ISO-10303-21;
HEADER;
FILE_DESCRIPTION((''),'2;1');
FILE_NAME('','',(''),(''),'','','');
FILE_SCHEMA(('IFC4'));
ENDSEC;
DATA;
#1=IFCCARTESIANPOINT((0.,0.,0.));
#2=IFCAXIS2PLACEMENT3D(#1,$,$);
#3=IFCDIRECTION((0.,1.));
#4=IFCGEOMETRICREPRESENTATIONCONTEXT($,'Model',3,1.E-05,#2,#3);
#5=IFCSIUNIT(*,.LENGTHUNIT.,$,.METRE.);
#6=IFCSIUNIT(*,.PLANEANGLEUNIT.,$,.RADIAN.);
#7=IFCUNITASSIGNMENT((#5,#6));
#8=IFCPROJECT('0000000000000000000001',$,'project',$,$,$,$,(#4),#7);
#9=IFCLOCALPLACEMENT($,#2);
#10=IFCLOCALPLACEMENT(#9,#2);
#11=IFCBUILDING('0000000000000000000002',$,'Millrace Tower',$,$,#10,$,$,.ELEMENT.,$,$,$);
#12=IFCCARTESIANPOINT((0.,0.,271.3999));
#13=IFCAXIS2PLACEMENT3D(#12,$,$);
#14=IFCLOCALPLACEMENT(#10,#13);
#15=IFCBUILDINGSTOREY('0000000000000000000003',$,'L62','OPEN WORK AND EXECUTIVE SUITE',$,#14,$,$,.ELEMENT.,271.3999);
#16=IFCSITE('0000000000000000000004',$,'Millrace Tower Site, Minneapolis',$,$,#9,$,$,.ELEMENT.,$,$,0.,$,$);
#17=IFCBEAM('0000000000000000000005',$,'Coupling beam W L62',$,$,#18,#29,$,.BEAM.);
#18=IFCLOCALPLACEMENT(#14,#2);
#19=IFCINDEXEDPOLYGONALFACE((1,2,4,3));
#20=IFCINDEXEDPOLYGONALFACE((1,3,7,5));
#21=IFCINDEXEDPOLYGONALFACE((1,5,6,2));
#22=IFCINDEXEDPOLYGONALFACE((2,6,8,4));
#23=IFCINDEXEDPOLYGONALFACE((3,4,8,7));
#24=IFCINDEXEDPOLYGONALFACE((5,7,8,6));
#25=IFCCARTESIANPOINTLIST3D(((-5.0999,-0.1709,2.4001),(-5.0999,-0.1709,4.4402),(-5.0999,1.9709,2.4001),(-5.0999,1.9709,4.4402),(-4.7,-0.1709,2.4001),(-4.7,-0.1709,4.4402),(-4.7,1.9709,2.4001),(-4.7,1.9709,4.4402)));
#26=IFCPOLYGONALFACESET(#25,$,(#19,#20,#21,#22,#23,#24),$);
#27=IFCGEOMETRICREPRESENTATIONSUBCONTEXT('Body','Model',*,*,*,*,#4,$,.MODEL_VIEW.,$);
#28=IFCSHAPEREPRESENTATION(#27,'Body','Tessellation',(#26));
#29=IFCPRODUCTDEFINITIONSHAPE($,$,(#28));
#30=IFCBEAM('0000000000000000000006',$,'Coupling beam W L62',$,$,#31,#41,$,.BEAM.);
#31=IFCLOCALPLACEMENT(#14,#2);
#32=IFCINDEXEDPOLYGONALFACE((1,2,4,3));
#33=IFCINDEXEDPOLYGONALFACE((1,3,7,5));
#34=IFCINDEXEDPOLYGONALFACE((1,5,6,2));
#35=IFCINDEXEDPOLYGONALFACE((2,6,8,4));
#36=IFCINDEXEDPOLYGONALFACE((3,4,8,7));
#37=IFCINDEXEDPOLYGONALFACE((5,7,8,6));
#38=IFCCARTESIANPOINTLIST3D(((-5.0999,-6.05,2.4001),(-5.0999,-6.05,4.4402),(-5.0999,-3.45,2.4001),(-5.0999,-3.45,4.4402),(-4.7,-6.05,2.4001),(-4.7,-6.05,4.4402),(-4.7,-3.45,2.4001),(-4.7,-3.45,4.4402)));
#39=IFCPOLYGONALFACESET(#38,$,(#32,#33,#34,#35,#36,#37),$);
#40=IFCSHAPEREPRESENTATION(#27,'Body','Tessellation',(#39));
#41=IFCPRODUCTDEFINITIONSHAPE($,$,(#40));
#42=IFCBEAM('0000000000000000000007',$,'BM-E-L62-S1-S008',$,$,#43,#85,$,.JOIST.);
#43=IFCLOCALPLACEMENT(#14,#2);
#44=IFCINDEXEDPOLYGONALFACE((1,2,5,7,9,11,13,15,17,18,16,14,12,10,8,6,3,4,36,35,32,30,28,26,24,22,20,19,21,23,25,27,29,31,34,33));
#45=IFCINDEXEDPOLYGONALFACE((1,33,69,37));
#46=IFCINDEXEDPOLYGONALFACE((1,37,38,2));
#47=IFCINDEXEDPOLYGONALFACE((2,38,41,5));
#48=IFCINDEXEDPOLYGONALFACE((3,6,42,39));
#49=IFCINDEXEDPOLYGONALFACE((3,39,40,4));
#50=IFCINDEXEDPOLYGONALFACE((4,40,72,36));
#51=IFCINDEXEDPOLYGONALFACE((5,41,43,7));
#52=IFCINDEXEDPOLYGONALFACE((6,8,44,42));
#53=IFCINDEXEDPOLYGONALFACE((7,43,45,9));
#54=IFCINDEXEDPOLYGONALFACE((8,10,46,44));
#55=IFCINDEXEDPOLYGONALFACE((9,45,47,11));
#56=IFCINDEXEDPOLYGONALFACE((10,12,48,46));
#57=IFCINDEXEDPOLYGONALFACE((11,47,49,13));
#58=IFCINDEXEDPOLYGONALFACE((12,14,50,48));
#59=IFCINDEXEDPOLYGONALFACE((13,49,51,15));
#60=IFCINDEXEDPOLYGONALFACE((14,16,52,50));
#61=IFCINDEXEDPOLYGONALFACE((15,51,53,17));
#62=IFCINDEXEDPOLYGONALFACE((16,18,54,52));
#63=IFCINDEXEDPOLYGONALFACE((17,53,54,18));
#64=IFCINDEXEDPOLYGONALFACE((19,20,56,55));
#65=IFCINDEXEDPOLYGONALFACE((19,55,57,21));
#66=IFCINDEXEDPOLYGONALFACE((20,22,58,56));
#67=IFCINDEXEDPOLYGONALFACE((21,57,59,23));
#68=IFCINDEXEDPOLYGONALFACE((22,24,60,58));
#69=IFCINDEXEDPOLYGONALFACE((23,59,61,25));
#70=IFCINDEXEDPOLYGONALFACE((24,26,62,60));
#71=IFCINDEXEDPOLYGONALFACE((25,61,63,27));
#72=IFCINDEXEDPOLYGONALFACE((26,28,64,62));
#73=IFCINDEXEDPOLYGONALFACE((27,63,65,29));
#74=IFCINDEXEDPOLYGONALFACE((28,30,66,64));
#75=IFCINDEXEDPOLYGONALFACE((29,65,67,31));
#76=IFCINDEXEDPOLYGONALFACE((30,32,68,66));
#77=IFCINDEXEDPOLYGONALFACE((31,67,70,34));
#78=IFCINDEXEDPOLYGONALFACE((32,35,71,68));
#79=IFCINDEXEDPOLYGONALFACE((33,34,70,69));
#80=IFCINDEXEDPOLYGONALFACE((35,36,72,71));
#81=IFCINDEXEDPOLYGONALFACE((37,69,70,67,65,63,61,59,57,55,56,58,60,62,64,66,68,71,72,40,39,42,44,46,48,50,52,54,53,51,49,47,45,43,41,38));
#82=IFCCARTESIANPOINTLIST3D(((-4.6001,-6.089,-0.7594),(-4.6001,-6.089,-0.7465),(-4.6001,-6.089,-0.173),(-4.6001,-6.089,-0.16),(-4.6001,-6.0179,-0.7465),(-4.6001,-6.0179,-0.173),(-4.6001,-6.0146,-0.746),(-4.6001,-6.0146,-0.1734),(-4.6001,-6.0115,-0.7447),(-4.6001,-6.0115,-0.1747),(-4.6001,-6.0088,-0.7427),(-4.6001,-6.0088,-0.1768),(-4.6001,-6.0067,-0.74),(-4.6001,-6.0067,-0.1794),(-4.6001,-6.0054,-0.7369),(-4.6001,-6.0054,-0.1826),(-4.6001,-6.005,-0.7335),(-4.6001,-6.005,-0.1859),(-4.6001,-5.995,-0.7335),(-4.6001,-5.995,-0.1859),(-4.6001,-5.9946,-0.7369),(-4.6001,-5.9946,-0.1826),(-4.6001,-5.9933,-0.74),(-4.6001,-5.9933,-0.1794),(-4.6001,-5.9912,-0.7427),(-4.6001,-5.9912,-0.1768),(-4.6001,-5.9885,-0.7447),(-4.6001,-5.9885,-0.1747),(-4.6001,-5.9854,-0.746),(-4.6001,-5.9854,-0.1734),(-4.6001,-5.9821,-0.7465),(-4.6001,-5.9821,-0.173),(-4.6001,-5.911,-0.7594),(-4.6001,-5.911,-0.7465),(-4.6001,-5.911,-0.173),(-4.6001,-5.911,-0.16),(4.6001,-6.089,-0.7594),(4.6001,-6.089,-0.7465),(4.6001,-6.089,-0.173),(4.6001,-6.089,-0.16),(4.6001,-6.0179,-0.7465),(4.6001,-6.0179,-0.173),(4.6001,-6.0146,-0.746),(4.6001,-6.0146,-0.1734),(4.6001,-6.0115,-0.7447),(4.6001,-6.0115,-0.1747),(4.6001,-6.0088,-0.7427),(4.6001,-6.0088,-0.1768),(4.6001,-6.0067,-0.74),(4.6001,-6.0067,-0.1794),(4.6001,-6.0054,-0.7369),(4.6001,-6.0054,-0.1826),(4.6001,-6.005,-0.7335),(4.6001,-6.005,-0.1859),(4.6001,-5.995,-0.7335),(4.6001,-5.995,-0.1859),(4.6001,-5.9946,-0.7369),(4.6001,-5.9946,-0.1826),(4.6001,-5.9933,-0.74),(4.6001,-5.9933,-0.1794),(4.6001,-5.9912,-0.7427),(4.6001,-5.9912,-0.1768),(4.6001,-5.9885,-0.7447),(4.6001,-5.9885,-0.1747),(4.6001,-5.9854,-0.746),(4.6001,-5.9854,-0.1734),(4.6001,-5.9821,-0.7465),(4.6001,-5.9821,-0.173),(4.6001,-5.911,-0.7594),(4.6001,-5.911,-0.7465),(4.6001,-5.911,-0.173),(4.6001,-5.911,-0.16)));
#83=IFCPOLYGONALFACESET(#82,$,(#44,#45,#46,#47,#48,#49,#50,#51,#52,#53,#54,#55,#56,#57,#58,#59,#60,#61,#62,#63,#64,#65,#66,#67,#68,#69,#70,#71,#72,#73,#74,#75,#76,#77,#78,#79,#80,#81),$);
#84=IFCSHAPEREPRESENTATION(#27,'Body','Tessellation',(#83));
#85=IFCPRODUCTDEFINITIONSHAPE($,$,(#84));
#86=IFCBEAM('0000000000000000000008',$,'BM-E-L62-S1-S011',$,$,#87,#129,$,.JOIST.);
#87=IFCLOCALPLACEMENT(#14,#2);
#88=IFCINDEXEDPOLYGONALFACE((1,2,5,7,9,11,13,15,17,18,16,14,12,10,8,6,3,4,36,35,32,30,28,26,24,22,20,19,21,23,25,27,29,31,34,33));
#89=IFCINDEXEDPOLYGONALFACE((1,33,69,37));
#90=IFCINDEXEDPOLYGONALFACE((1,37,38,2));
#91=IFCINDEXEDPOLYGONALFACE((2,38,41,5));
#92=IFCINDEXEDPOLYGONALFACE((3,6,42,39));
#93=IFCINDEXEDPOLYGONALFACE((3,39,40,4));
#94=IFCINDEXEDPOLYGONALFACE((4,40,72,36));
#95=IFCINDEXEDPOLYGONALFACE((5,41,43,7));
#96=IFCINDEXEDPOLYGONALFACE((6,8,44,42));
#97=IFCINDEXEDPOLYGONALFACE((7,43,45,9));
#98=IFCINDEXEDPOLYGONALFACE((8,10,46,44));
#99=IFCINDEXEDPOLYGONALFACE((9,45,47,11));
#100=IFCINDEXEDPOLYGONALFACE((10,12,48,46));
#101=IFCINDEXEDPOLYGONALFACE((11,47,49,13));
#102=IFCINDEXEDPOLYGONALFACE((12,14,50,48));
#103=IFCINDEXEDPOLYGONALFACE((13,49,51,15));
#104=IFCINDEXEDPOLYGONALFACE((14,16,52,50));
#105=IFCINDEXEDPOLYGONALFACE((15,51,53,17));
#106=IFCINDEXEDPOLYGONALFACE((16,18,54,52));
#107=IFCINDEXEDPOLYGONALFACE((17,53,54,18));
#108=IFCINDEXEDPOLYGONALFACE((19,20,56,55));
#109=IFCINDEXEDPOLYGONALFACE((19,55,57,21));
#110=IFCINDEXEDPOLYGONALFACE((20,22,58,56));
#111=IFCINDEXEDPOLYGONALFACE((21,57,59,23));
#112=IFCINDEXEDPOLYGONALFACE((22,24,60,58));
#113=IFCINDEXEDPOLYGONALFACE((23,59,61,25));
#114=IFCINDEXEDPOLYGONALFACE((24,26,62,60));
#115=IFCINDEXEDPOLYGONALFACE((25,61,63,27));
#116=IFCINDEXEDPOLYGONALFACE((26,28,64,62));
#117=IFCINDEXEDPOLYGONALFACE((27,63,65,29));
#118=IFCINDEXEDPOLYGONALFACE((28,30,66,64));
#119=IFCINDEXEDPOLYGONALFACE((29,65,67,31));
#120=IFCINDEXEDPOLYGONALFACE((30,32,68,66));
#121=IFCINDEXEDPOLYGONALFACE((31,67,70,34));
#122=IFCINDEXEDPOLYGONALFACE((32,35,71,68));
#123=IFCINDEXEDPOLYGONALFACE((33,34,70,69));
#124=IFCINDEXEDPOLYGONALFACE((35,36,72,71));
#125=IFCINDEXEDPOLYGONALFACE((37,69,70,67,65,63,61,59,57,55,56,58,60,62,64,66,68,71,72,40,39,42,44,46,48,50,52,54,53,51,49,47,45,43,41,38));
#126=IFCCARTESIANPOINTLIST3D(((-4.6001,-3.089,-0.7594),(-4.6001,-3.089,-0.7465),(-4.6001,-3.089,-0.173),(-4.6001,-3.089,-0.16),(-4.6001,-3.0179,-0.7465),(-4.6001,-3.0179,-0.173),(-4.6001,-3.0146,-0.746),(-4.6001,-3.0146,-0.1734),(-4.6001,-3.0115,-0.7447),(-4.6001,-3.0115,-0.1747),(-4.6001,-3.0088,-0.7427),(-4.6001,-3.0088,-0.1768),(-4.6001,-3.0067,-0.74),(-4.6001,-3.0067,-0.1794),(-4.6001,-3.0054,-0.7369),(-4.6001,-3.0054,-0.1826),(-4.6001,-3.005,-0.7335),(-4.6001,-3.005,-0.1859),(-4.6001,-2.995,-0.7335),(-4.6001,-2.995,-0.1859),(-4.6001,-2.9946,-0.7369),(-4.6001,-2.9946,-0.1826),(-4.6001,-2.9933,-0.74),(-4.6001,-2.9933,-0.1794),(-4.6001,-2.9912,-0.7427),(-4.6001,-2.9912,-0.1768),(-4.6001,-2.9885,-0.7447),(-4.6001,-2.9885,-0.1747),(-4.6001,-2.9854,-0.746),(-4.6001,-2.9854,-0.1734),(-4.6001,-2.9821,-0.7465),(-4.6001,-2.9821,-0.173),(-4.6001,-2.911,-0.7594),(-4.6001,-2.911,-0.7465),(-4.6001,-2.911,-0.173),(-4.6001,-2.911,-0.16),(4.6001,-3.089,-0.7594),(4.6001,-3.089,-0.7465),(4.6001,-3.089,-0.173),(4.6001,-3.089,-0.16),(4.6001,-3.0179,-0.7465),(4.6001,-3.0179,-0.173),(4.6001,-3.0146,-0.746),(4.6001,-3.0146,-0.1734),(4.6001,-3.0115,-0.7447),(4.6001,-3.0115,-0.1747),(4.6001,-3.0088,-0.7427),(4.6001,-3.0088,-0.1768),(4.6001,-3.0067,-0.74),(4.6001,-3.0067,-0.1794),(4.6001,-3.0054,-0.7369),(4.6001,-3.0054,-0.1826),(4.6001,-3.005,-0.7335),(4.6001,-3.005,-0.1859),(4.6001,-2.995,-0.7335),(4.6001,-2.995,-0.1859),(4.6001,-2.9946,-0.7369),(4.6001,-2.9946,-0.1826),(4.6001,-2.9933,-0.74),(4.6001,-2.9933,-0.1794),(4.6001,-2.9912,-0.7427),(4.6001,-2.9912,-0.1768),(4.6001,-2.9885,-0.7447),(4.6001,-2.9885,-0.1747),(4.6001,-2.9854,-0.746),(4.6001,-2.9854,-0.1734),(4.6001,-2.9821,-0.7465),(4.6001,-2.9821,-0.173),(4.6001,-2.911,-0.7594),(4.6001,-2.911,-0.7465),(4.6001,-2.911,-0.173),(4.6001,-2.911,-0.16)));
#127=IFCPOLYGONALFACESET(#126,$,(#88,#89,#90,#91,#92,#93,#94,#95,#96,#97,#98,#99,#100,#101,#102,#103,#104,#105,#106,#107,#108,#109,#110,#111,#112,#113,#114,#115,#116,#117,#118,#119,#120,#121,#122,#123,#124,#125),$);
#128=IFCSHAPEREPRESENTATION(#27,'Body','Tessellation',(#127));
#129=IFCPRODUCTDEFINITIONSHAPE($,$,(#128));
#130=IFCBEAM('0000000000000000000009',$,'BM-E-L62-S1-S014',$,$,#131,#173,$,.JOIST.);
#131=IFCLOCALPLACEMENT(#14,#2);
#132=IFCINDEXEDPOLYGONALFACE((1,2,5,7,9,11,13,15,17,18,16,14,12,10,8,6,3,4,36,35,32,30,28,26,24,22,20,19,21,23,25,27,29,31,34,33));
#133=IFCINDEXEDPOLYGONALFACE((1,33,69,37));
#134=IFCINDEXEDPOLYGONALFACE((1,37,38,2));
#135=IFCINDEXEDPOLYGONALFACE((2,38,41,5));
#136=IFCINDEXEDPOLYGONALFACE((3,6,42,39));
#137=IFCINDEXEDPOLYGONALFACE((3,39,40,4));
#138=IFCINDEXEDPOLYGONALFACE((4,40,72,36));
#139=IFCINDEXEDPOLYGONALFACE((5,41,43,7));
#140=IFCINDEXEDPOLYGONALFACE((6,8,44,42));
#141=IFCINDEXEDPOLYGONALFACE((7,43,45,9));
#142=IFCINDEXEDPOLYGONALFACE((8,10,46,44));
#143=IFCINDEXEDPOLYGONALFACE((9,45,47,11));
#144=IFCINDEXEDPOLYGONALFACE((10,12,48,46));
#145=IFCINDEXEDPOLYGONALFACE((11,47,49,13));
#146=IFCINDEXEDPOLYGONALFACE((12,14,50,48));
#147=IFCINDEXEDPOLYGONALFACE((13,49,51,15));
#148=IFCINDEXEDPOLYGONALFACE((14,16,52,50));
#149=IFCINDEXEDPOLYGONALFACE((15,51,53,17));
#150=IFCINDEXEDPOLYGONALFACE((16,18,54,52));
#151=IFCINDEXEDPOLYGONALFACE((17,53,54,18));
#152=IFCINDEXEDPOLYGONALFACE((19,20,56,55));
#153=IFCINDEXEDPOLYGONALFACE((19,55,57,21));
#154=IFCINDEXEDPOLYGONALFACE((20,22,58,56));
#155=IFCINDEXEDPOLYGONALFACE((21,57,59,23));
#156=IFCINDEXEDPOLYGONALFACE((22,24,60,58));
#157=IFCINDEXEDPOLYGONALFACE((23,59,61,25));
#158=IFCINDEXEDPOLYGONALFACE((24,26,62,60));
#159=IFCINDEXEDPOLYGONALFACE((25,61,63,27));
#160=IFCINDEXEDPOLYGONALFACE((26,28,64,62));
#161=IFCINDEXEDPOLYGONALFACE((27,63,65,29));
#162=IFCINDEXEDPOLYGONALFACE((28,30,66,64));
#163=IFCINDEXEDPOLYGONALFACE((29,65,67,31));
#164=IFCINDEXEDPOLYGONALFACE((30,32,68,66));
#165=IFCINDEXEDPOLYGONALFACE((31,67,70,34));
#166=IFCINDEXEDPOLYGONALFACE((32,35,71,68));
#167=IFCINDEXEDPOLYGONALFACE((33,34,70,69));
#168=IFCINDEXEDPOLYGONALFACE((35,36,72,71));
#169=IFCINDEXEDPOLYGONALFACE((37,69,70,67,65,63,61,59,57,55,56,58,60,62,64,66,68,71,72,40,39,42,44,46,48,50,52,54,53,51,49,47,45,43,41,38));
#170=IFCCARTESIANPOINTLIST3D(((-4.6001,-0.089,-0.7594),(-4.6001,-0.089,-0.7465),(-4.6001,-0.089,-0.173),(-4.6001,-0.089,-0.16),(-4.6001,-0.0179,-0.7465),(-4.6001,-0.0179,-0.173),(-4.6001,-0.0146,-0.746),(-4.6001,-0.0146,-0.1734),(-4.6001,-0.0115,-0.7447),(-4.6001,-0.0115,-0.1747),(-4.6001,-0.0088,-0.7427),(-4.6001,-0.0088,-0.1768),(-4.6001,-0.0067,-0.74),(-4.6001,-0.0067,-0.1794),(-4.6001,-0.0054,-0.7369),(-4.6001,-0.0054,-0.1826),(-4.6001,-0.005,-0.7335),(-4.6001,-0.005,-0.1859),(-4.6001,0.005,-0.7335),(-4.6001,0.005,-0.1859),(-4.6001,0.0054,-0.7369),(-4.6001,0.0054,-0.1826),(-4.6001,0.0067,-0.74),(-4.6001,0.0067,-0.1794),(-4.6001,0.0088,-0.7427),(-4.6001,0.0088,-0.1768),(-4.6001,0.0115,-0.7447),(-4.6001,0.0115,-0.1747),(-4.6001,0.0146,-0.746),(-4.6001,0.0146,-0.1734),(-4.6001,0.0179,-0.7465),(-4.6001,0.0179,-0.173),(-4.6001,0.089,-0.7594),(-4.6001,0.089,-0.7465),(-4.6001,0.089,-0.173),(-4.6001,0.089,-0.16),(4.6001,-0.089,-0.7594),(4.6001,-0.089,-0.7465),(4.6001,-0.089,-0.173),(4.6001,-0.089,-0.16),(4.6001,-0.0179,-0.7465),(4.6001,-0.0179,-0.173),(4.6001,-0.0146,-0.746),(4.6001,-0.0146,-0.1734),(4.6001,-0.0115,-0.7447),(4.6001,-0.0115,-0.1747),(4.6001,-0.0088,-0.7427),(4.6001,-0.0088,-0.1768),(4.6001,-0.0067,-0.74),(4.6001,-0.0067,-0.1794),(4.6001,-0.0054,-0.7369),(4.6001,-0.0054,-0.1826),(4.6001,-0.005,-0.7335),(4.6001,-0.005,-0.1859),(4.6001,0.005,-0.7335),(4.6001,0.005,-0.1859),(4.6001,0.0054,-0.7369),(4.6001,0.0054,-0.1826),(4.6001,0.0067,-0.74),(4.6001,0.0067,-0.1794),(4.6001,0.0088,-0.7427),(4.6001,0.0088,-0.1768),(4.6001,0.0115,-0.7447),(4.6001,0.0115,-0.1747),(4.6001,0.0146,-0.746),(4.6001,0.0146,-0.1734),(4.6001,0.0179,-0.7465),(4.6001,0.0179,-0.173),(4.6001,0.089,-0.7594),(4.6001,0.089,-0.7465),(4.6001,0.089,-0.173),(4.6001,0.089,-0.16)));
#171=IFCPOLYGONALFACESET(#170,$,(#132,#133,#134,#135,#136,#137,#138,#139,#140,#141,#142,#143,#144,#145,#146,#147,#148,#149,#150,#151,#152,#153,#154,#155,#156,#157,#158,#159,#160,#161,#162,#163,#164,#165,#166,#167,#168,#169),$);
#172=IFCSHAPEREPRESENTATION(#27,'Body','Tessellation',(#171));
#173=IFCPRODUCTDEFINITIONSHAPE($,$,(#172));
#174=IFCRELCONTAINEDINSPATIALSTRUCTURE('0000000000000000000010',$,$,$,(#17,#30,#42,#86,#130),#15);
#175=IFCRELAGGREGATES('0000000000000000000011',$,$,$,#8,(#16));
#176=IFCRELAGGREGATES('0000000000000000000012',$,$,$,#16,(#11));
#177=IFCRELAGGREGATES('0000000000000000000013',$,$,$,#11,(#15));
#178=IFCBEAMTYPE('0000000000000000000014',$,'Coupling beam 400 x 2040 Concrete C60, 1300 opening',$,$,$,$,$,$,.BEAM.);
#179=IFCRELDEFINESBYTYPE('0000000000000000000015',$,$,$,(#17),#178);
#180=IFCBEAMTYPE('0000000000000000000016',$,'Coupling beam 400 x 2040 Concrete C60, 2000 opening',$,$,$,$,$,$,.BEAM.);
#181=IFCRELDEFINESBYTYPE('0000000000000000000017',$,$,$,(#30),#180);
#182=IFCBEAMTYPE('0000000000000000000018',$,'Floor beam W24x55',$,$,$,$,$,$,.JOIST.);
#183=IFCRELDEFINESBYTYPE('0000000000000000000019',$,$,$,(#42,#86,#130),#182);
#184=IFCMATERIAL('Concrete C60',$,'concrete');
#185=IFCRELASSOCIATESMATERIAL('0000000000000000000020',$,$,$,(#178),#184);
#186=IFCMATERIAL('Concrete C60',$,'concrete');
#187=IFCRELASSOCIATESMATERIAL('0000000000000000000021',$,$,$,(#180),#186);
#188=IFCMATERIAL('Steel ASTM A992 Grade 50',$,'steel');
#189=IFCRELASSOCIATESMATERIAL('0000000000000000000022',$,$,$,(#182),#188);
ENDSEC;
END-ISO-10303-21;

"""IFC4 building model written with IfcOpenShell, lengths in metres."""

from ifc_helpers import new_model, si_unit, direction, frame, origin, origin_2d, place, context, subcontext, project, spatial, rectangle, i_section, extrude, material, material_profile, profile_set, type_object, element, save


model = new_model("IFC4")

# Units and contexts
model_context = context("Model", 3, precision=1e-05, world=origin(), true_north=direction((0.0, 1.0)))
body_context = subcontext(model_context, "Body", "Model", "MODEL_VIEW")
ifc_project = project(units=[si_unit("LENGTHUNIT", "METRE"), si_unit("PLANEANGLEUNIT", "RADIAN")], contexts=[model_context])

# Site, building, storey
site_placement = place(None, origin())
site = spatial("IfcSite", under=ifc_project, at=site_placement, Name="Millrace Tower Site, Minneapolis", CompositionType="ELEMENT", RefElevation=0.0)
building_placement = place(site_placement, origin())
building = spatial("IfcBuilding", under=site, at=building_placement, Name="Millrace Tower", CompositionType="ELEMENT")
storey_placement = place(building_placement, frame((0.0, 0.0, 271.3999)))
storey = spatial("IfcBuildingStorey", under=building, at=storey_placement, Name="L62", Description="OPEN WORK AND EXECUTIVE SUITE", CompositionType="ELEMENT", Elevation=271.3999)

# Beams
ifc_material_1 = material(Name="Concrete C60", Category="concrete")
ifc_material_profile_1 = material_profile(ifc_material_1, rectangle(XDim=0.3999, YDim=2.04, at=origin_2d()))
ifc_profile_set_1 = profile_set([ifc_material_profile_1], Name="Concrete C60")
beam_type_1 = type_object("IfcBeamType", Name="Coupling beam 400 x 2040 Concrete C60, 1300 opening", PredefinedType="BEAM", material=ifc_profile_set_1)
beam_1_placement = place(storey_placement, frame((-4.8999, -0.1709, 3.4202), z_axis=(0.0, 1.0, 0.0), x_axis=(-1.0, 0.0, 0.0)))
element("IfcBeam", 1, at=beam_1_placement, inside=storey, type_object=beam_type_1, Name="Coupling beam W L62", PredefinedType="BEAM", context=body_context, shape_type="SweptSolid", body=[
    extrude(rectangle(XDim=0.3999, YDim=2.04, at=origin_2d()), origin(), (0.0, 0.0, 1.0), 2.1418),
])
ifc_material_2 = material(Name="Concrete C60", Category="concrete")
ifc_material_profile_2 = material_profile(ifc_material_2, rectangle(XDim=0.3999, YDim=2.04, at=origin_2d()))
ifc_profile_set_2 = profile_set([ifc_material_profile_2], Name="Concrete C60")
beam_type_2 = type_object("IfcBeamType", Name="Coupling beam 400 x 2040 Concrete C60, 2000 opening", PredefinedType="BEAM", material=ifc_profile_set_2)
beam_2_placement = place(storey_placement, frame((-4.8999, -6.05, 3.4202), z_axis=(0.0, 1.0, 0.0), x_axis=(-1.0, 0.0, 0.0)))
element("IfcBeam", 2, at=beam_2_placement, inside=storey, type_object=beam_type_2, Name="Coupling beam W L62", PredefinedType="BEAM", context=body_context, shape_type="SweptSolid", body=[
    extrude(rectangle(XDim=0.3999, YDim=2.04, at=origin_2d()), origin(), (0.0, 0.0, 1.0), 2.6001),
])
ifc_material_3 = material(Name="Steel ASTM A992 Grade 50", Category="steel")
ifc_material_profile_3 = material_profile(ifc_material_3, i_section(OverallWidth=0.178, OverallDepth=0.5994, WebThickness=0.01, FlangeThickness=0.0129, FilletRadius=0.0129, at=origin_2d()))
ifc_profile_set_3 = profile_set([ifc_material_profile_3], Name="Steel ASTM A992 Grade 50")
beam_type_3 = type_object("IfcBeamType", Name="Floor beam W24x55", PredefinedType="JOIST", material=ifc_profile_set_3)
for number, where, z_axis, x_axis, name in (
    (3, (-4.6001, -6.0, -0.4597), (1.0, 0.0, 0.0), (0.0, 1.0, 0.0), "BM-E-L62-S1-S008"),
    (4, (-4.6001, -3.0, -0.4597), (1.0, 0.0, 0.0), (0.0, 1.0, 0.0), "BM-E-L62-S1-S011"),
    (5, (-4.6001, 0.0, -0.4597), (1.0, 0.0, 0.0), (0.0, 1.0, 0.0), "BM-E-L62-S1-S014"),
):
    element("IfcBeam", number, at=place(storey_placement, frame(where, z_axis=z_axis, x_axis=x_axis)), inside=storey, type_object=beam_type_3, Name=name, PredefinedType="JOIST", context=body_context, shape_type="SweptSolid", body=[
        extrude(i_section(OverallWidth=0.178, OverallDepth=0.5994, WebThickness=0.01, FlangeThickness=0.0129, FilletRadius=0.0129, at=origin_2d()), origin(), (0.0, 0.0, 1.0), 9.2002),
    ])

save(model, "model.ifc")
